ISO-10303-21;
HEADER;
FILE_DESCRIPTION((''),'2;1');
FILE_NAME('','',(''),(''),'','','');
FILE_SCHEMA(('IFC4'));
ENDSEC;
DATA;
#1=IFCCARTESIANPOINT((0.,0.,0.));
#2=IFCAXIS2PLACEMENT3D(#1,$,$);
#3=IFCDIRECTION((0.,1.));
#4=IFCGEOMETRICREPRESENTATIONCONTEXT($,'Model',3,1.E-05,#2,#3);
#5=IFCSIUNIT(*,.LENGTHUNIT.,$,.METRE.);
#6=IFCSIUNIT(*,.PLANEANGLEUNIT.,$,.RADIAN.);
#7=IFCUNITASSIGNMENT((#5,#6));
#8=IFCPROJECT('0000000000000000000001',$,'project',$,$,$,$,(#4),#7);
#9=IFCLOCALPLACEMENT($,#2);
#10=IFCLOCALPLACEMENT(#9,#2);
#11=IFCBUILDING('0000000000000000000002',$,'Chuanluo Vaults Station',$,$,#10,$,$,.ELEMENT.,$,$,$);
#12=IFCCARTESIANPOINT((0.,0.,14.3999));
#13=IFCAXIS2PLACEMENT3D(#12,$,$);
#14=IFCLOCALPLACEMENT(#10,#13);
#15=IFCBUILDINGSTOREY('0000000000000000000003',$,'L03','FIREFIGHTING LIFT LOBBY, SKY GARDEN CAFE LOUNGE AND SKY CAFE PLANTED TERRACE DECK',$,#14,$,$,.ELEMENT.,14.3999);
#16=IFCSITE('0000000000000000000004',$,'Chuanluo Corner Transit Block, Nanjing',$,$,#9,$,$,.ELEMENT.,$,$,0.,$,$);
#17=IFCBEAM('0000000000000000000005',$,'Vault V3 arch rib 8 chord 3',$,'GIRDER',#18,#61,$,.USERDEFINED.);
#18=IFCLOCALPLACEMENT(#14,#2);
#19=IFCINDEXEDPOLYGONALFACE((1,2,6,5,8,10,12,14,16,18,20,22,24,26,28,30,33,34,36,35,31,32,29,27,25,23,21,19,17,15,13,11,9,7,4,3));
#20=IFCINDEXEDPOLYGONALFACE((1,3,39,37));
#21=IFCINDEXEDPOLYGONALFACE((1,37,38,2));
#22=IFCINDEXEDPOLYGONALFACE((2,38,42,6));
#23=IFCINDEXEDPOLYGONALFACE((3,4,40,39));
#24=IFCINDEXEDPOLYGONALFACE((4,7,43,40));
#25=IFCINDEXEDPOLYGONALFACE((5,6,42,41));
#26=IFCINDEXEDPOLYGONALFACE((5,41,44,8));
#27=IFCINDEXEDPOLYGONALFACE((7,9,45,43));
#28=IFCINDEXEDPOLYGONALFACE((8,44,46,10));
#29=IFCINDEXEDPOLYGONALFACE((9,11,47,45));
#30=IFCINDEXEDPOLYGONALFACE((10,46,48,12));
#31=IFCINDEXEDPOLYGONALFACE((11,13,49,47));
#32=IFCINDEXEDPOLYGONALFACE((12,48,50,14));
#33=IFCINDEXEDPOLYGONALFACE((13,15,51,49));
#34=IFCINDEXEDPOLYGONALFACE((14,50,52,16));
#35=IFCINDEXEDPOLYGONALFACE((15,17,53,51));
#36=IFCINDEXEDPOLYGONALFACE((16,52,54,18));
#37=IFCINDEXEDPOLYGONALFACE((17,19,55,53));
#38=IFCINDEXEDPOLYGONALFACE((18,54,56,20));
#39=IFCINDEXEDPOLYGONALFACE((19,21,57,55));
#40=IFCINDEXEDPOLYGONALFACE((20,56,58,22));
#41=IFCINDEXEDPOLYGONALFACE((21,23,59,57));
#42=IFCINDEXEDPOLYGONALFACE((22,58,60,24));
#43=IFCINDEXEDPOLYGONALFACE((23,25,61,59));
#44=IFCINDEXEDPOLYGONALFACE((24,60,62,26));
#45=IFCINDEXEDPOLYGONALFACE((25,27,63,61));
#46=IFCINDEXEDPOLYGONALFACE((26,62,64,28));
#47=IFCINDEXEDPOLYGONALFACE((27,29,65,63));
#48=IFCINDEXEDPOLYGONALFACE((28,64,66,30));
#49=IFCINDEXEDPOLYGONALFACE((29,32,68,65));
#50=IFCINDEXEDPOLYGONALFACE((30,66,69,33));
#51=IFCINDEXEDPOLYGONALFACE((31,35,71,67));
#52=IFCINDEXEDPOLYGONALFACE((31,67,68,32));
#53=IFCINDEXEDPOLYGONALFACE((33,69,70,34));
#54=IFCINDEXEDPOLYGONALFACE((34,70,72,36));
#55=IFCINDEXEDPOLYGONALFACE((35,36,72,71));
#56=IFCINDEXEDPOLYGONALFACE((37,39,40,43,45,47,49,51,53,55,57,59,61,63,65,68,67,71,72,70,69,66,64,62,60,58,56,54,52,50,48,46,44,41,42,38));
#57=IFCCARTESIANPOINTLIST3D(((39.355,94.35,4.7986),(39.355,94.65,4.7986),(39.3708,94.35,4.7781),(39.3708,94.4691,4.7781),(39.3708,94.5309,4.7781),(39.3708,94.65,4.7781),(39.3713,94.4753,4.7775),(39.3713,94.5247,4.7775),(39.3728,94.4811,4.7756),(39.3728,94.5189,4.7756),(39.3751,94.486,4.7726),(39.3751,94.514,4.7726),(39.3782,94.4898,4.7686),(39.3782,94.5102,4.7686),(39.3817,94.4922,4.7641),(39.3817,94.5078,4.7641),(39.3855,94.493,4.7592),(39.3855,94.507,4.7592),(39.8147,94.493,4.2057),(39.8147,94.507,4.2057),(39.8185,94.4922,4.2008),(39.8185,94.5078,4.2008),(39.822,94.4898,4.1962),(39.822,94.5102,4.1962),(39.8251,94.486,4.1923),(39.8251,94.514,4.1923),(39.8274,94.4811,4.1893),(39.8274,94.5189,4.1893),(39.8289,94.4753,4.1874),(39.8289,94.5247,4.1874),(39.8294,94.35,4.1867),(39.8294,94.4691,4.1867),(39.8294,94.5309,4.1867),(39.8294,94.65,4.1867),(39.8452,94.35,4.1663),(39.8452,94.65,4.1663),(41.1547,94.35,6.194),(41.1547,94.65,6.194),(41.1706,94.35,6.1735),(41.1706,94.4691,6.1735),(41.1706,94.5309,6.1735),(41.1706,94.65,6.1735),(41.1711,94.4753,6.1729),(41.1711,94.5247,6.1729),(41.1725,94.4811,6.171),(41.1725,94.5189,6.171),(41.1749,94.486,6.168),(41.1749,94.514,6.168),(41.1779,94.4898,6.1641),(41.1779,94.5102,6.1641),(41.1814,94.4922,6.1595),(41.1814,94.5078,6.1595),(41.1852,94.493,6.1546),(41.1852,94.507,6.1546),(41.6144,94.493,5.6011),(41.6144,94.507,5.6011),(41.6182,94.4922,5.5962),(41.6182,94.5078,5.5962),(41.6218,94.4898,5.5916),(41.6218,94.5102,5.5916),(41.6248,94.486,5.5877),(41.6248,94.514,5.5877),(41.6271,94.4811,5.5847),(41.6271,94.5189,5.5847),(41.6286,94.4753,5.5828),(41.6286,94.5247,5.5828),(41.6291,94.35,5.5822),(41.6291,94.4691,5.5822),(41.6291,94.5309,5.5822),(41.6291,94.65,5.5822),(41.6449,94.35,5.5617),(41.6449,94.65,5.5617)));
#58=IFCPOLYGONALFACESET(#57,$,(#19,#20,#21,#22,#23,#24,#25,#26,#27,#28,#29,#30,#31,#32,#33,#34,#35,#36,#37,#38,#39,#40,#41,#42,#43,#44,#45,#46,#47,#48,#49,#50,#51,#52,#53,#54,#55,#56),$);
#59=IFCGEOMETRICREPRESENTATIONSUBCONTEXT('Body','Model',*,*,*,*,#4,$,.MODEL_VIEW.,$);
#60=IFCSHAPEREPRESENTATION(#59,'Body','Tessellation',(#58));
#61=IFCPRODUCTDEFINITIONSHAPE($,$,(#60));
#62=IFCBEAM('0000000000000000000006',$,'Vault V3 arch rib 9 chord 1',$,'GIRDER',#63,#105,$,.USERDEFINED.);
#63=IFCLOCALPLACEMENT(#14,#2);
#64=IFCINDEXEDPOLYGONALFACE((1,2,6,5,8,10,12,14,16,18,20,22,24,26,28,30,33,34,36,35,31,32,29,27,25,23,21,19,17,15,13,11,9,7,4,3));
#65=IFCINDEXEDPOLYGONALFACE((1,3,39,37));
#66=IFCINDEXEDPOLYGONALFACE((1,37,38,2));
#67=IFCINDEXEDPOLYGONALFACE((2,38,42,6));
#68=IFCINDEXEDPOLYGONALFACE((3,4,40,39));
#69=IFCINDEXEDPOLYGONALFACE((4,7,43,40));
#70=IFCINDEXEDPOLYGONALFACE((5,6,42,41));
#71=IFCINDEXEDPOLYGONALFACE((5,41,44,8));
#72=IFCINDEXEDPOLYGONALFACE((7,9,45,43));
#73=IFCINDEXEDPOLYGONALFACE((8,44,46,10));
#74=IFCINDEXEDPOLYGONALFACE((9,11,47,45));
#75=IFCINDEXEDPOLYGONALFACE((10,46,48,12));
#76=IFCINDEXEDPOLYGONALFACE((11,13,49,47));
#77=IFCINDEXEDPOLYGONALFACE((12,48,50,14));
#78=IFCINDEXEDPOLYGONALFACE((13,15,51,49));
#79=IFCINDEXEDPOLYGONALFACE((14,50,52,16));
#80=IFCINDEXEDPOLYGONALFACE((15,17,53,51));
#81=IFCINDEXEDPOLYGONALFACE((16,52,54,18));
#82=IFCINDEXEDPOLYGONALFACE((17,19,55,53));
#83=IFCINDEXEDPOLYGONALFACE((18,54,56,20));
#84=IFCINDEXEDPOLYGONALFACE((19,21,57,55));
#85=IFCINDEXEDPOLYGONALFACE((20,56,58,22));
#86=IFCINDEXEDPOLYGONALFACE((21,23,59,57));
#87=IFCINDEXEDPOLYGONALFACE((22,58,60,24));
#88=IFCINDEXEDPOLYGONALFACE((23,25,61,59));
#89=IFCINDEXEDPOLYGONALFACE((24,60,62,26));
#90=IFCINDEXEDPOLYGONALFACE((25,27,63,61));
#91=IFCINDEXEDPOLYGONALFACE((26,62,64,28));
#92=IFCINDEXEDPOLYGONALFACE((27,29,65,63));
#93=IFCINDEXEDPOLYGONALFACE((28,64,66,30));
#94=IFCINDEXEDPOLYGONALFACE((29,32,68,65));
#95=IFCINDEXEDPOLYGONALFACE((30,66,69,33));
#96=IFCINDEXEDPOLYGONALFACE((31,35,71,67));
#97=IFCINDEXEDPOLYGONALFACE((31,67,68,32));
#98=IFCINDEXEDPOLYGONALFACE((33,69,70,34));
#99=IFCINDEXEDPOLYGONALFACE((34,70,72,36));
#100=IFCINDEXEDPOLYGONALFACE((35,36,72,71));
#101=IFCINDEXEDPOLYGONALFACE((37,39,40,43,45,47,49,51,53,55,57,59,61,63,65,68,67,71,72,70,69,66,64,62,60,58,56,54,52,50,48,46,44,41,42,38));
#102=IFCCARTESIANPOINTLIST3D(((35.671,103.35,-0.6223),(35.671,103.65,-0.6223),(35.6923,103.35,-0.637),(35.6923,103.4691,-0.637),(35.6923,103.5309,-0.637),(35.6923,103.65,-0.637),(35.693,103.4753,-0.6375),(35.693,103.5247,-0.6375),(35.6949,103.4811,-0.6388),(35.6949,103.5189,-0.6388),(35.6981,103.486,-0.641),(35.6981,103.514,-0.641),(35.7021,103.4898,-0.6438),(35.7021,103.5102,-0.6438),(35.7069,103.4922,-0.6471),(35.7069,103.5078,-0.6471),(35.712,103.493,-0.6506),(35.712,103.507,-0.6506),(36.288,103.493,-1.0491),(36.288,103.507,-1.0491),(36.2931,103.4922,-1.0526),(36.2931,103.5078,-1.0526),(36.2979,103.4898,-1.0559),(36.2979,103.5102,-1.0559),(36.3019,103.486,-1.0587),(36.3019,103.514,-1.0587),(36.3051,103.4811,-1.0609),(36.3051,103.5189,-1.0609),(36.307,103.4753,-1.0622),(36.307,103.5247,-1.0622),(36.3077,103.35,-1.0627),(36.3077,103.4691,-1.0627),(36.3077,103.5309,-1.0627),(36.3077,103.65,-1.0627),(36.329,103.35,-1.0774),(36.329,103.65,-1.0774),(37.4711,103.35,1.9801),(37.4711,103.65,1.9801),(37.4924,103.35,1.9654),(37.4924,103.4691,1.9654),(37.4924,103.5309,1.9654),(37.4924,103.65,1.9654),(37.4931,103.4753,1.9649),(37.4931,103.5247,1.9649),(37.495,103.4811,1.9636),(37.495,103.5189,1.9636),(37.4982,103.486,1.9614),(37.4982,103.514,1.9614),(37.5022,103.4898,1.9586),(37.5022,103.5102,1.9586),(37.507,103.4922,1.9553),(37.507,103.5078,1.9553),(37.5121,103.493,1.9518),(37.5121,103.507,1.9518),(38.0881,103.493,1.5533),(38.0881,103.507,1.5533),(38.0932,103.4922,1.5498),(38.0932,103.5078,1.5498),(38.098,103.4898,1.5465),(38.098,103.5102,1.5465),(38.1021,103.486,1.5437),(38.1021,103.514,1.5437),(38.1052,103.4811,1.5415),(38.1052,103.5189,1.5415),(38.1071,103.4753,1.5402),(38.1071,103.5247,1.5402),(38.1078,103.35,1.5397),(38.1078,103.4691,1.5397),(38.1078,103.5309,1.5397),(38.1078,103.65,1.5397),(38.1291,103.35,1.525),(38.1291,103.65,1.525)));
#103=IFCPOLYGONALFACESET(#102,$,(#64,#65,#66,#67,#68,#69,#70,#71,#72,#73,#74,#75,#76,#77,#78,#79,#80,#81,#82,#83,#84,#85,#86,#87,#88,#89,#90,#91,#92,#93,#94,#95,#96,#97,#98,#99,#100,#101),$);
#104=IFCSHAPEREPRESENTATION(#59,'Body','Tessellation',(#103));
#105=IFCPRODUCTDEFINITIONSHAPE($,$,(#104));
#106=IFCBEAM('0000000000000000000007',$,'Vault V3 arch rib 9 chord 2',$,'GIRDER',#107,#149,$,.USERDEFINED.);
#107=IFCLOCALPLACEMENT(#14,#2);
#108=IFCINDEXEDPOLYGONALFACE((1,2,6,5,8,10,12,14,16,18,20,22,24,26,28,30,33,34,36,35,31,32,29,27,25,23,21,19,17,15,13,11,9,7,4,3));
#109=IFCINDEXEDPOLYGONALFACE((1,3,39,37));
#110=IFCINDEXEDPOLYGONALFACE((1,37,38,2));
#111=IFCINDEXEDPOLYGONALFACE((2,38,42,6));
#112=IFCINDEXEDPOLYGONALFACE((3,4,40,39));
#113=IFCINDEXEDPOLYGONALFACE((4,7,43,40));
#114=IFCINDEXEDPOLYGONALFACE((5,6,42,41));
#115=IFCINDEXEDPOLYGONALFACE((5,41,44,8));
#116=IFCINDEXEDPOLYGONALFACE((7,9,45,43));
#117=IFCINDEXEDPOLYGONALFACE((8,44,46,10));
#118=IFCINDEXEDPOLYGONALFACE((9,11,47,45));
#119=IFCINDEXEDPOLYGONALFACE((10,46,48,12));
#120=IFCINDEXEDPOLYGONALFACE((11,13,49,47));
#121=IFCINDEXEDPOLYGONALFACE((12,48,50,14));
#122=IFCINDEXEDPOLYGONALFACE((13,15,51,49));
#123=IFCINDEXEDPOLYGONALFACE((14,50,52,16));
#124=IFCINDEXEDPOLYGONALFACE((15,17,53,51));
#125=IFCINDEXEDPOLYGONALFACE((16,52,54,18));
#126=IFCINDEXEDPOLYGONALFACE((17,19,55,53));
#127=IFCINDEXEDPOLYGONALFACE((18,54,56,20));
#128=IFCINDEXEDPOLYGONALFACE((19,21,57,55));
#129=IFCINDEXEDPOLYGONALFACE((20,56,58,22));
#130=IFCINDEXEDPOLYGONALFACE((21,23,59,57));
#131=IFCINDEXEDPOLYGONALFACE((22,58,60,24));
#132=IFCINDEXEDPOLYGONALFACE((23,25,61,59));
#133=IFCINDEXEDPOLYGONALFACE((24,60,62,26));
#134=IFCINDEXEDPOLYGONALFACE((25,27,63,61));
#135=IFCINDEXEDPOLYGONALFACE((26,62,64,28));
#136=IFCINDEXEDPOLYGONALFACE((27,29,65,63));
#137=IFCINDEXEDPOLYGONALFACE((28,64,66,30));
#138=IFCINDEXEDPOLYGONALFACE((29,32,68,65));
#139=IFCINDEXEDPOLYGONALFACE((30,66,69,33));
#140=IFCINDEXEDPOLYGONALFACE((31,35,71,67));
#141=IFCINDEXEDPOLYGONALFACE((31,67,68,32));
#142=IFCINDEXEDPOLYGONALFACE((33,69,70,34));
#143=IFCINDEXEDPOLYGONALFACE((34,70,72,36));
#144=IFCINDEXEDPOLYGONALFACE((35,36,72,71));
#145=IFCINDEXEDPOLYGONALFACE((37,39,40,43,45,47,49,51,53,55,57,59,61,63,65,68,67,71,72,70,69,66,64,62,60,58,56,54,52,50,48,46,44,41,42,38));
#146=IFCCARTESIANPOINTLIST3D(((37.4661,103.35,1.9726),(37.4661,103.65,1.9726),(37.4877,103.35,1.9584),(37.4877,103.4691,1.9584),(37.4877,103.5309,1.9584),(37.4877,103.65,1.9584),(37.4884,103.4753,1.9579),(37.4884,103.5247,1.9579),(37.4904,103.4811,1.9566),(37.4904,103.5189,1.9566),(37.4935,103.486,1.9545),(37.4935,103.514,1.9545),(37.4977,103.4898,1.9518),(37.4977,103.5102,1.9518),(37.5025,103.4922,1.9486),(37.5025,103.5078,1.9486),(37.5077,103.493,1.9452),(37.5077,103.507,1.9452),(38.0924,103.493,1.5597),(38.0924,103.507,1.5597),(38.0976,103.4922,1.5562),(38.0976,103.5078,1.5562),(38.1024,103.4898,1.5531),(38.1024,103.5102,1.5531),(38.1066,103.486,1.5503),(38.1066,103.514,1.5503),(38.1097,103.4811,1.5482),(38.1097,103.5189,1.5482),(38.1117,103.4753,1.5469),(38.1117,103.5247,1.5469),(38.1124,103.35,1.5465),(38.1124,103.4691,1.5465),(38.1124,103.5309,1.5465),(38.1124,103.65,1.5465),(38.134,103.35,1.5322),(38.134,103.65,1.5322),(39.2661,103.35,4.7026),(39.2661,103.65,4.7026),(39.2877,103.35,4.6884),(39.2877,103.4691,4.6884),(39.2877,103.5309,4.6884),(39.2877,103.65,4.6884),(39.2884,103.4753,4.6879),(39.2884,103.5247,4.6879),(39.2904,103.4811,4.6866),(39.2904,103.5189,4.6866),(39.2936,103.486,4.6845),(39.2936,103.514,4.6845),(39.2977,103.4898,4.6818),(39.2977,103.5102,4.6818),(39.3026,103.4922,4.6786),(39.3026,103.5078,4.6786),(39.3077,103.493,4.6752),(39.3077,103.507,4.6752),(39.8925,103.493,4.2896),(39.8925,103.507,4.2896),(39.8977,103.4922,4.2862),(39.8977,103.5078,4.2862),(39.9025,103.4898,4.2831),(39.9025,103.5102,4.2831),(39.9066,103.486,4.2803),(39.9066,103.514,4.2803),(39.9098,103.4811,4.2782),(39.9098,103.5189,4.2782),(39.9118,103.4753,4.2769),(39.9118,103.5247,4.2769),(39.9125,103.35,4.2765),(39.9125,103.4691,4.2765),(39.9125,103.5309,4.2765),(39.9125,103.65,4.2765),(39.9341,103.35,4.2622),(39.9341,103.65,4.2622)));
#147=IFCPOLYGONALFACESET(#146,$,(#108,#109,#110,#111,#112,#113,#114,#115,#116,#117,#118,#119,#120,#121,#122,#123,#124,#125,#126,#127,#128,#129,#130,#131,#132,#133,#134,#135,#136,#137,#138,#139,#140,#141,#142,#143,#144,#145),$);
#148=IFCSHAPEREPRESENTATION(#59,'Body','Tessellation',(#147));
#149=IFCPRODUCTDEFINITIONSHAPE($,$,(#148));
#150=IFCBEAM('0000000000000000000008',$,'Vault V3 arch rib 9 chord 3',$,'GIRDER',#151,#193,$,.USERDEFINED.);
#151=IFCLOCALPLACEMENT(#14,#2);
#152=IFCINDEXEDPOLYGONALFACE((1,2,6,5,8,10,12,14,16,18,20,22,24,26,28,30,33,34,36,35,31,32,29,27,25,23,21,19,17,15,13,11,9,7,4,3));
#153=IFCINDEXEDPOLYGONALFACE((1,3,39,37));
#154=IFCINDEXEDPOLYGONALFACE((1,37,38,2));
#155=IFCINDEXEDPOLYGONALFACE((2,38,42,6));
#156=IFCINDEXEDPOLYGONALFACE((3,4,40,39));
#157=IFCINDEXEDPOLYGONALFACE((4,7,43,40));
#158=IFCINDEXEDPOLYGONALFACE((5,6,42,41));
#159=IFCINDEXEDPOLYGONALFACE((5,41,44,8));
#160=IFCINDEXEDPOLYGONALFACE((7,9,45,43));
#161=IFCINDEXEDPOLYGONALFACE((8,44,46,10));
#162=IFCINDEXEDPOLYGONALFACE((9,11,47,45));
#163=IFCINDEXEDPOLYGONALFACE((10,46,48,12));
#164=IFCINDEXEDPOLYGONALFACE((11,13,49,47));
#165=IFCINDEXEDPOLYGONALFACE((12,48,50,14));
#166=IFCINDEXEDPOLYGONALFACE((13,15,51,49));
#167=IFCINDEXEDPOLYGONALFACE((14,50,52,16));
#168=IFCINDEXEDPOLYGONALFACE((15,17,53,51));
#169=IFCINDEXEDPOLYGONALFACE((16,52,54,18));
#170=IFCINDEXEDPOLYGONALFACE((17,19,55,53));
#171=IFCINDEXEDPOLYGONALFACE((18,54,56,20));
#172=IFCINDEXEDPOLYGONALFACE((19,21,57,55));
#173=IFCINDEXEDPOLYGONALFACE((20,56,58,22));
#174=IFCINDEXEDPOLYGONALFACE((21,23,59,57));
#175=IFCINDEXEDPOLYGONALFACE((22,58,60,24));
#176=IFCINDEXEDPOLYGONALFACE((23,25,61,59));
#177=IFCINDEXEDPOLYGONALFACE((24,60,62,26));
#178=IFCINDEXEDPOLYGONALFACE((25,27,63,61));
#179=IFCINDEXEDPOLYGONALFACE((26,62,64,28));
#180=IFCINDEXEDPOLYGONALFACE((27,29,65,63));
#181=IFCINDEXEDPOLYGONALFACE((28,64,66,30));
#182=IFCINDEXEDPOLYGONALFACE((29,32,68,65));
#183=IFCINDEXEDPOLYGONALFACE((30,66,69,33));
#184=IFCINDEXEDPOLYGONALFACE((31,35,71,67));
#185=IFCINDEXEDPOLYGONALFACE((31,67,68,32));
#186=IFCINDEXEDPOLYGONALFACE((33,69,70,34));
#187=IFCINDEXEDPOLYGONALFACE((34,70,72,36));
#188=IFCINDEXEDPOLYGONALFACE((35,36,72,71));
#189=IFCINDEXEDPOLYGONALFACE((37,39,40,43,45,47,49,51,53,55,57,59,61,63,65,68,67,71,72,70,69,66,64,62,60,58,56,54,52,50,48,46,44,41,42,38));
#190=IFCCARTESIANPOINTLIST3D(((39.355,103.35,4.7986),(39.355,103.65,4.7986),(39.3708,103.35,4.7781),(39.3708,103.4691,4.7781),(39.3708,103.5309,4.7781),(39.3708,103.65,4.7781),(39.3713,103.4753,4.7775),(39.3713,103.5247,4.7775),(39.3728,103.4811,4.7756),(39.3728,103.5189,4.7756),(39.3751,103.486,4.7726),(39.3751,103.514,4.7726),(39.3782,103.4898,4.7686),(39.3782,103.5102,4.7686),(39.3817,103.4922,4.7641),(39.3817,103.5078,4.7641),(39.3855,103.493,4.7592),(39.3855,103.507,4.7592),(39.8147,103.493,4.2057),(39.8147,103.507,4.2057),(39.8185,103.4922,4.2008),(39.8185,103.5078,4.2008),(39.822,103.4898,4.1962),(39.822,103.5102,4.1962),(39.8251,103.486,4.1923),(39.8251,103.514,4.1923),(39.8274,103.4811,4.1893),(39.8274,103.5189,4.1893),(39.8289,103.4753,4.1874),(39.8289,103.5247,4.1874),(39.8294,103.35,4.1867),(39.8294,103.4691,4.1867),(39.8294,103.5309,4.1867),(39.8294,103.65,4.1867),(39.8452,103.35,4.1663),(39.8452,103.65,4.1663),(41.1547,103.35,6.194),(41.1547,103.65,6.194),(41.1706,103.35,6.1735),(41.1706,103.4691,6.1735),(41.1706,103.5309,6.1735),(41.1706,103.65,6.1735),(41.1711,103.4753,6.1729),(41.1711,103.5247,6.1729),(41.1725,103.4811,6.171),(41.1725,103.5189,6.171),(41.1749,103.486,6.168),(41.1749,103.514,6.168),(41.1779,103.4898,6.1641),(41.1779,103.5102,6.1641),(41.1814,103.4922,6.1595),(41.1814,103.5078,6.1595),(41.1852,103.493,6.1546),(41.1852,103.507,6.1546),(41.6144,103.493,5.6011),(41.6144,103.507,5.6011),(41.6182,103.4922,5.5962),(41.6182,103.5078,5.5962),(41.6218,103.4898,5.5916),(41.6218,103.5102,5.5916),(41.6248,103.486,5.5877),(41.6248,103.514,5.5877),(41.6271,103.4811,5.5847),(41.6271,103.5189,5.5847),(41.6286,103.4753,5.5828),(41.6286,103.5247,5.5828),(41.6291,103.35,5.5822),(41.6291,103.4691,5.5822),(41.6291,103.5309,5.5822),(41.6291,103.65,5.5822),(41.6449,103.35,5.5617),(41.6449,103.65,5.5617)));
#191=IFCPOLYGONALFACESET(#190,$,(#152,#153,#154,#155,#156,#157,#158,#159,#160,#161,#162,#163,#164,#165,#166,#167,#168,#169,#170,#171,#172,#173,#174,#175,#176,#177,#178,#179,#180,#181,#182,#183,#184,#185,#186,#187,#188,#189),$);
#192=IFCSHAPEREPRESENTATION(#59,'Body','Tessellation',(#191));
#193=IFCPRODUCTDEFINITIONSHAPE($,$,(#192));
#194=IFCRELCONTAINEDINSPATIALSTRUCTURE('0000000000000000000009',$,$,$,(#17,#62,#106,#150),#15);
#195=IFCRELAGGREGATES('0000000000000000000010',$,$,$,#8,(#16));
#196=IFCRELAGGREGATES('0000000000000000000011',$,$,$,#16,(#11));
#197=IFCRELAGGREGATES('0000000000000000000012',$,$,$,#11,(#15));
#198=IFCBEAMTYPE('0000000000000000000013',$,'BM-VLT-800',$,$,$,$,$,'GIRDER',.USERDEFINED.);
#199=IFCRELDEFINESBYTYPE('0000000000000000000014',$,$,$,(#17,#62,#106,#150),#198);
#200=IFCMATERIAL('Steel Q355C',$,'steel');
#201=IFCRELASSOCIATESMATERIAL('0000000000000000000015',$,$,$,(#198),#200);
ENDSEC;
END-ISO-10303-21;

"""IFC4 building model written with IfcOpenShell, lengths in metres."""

from ifc_helpers import new_model, si_unit, direction, frame, origin, origin_2d, place, context, subcontext, project, spatial, i_section, extrude, material, material_profile, profile_set, type_object, element, save


model = new_model("IFC4")

# Units and contexts
model_context = context("Model", 3, precision=1e-05, world=origin(), true_north=direction((0.0, 1.0)))
body_context = subcontext(model_context, "Body", "Model", "MODEL_VIEW")
ifc_project = project(units=[si_unit("LENGTHUNIT", "METRE"), si_unit("PLANEANGLEUNIT", "RADIAN")], contexts=[model_context])

# Site, building, storey
site_placement = place(None, origin())
site = spatial("IfcSite", under=ifc_project, at=site_placement, Name="Chuanluo Corner Transit Block, Nanjing", CompositionType="ELEMENT", RefElevation=0.0)
building_placement = place(site_placement, origin())
building = spatial("IfcBuilding", under=site, at=building_placement, Name="Chuanluo Vaults Station", CompositionType="ELEMENT")
storey_placement = place(building_placement, frame((0.0, 0.0, 14.3999)))
storey = spatial("IfcBuildingStorey", under=building, at=storey_placement, Name="L03", Description="FIREFIGHTING LIFT LOBBY, SKY GARDEN CAFE LOUNGE AND SKY CAFE PLANTED TERRACE DECK", CompositionType="ELEMENT", Elevation=14.3999)

# Beams
ifc_material_1 = material(Name="Steel Q355C", Category="steel")
ifc_material_profile_1 = material_profile(ifc_material_1, i_section(OverallWidth=0.3, OverallDepth=0.8, WebThickness=0.0139, FlangeThickness=0.0259, FilletRadius=0.0239, at=origin_2d()))
ifc_profile_set_1 = profile_set([ifc_material_profile_1], Name="Steel Q355C")
beam_type_1 = type_object("IfcBeamType", Name="BM-VLT-800", ElementType="GIRDER", PredefinedType="USERDEFINED", material=ifc_profile_set_1)
beam_1_placement = place(storey_placement, frame((39.6001, 94.5, 4.4824), z_axis=(0.790275, 0.0, 0.612752), x_axis=(0.0, 1.0, 0.0)))
element("IfcBeam", 1, at=beam_1_placement, inside=storey, type_object=beam_type_1, Name="Vault V3 arch rib 8 chord 3", ObjectType="GIRDER", PredefinedType="USERDEFINED", context=body_context, shape_type="SweptSolid", body=[
    extrude(i_section(OverallWidth=0.3, OverallDepth=0.8, WebThickness=0.0139, FlangeThickness=0.0259, FilletRadius=0.0239, at=origin_2d()), origin(), (0.0, 0.0, 1.0), 2.2773),
])
beam_2_placement = place(storey_placement, frame((36.0, 103.5, -0.8499), z_axis=(0.568881, 0.0, 0.82242), x_axis=(0.0, 1.0, 0.0)))
element("IfcBeam", 2, at=beam_2_placement, inside=storey, type_object=beam_type_1, Name="Vault V3 arch rib 9 chord 1", ObjectType="GIRDER", PredefinedType="USERDEFINED", context=body_context, shape_type="SweptSolid", body=[
    extrude(i_section(OverallWidth=0.3, OverallDepth=0.8, WebThickness=0.0139, FlangeThickness=0.0259, FilletRadius=0.0239, at=origin_2d()), origin(), (0.0, 0.0, 1.0), 3.1643),
])
beam_3_placement = place(storey_placement, frame((37.8, 103.5, 1.7524), z_axis=(0.550472, 0.0, 0.834854), x_axis=(0.0, 1.0, 0.0)))
element("IfcBeam", 3, at=beam_3_placement, inside=storey, type_object=beam_type_1, Name="Vault V3 arch rib 9 chord 2", ObjectType="GIRDER", PredefinedType="USERDEFINED", context=body_context, shape_type="SweptSolid", body=[
    extrude(i_section(OverallWidth=0.3, OverallDepth=0.8, WebThickness=0.0139, FlangeThickness=0.0259, FilletRadius=0.0239, at=origin_2d()), origin(), (0.0, 0.0, 1.0), 3.27),
])
beam_4_placement = place(storey_placement, frame((39.6001, 103.5, 4.4824), z_axis=(0.790275, 0.0, 0.612752), x_axis=(0.0, 1.0, 0.0)))
element("IfcBeam", 4, at=beam_4_placement, inside=storey, type_object=beam_type_1, Name="Vault V3 arch rib 9 chord 3", ObjectType="GIRDER", PredefinedType="USERDEFINED", context=body_context, shape_type="SweptSolid", body=[
    extrude(i_section(OverallWidth=0.3, OverallDepth=0.8, WebThickness=0.0139, FlangeThickness=0.0259, FilletRadius=0.0239, at=origin_2d()), origin(), (0.0, 0.0, 1.0), 2.2773),
])

save(model, "model.ifc")
